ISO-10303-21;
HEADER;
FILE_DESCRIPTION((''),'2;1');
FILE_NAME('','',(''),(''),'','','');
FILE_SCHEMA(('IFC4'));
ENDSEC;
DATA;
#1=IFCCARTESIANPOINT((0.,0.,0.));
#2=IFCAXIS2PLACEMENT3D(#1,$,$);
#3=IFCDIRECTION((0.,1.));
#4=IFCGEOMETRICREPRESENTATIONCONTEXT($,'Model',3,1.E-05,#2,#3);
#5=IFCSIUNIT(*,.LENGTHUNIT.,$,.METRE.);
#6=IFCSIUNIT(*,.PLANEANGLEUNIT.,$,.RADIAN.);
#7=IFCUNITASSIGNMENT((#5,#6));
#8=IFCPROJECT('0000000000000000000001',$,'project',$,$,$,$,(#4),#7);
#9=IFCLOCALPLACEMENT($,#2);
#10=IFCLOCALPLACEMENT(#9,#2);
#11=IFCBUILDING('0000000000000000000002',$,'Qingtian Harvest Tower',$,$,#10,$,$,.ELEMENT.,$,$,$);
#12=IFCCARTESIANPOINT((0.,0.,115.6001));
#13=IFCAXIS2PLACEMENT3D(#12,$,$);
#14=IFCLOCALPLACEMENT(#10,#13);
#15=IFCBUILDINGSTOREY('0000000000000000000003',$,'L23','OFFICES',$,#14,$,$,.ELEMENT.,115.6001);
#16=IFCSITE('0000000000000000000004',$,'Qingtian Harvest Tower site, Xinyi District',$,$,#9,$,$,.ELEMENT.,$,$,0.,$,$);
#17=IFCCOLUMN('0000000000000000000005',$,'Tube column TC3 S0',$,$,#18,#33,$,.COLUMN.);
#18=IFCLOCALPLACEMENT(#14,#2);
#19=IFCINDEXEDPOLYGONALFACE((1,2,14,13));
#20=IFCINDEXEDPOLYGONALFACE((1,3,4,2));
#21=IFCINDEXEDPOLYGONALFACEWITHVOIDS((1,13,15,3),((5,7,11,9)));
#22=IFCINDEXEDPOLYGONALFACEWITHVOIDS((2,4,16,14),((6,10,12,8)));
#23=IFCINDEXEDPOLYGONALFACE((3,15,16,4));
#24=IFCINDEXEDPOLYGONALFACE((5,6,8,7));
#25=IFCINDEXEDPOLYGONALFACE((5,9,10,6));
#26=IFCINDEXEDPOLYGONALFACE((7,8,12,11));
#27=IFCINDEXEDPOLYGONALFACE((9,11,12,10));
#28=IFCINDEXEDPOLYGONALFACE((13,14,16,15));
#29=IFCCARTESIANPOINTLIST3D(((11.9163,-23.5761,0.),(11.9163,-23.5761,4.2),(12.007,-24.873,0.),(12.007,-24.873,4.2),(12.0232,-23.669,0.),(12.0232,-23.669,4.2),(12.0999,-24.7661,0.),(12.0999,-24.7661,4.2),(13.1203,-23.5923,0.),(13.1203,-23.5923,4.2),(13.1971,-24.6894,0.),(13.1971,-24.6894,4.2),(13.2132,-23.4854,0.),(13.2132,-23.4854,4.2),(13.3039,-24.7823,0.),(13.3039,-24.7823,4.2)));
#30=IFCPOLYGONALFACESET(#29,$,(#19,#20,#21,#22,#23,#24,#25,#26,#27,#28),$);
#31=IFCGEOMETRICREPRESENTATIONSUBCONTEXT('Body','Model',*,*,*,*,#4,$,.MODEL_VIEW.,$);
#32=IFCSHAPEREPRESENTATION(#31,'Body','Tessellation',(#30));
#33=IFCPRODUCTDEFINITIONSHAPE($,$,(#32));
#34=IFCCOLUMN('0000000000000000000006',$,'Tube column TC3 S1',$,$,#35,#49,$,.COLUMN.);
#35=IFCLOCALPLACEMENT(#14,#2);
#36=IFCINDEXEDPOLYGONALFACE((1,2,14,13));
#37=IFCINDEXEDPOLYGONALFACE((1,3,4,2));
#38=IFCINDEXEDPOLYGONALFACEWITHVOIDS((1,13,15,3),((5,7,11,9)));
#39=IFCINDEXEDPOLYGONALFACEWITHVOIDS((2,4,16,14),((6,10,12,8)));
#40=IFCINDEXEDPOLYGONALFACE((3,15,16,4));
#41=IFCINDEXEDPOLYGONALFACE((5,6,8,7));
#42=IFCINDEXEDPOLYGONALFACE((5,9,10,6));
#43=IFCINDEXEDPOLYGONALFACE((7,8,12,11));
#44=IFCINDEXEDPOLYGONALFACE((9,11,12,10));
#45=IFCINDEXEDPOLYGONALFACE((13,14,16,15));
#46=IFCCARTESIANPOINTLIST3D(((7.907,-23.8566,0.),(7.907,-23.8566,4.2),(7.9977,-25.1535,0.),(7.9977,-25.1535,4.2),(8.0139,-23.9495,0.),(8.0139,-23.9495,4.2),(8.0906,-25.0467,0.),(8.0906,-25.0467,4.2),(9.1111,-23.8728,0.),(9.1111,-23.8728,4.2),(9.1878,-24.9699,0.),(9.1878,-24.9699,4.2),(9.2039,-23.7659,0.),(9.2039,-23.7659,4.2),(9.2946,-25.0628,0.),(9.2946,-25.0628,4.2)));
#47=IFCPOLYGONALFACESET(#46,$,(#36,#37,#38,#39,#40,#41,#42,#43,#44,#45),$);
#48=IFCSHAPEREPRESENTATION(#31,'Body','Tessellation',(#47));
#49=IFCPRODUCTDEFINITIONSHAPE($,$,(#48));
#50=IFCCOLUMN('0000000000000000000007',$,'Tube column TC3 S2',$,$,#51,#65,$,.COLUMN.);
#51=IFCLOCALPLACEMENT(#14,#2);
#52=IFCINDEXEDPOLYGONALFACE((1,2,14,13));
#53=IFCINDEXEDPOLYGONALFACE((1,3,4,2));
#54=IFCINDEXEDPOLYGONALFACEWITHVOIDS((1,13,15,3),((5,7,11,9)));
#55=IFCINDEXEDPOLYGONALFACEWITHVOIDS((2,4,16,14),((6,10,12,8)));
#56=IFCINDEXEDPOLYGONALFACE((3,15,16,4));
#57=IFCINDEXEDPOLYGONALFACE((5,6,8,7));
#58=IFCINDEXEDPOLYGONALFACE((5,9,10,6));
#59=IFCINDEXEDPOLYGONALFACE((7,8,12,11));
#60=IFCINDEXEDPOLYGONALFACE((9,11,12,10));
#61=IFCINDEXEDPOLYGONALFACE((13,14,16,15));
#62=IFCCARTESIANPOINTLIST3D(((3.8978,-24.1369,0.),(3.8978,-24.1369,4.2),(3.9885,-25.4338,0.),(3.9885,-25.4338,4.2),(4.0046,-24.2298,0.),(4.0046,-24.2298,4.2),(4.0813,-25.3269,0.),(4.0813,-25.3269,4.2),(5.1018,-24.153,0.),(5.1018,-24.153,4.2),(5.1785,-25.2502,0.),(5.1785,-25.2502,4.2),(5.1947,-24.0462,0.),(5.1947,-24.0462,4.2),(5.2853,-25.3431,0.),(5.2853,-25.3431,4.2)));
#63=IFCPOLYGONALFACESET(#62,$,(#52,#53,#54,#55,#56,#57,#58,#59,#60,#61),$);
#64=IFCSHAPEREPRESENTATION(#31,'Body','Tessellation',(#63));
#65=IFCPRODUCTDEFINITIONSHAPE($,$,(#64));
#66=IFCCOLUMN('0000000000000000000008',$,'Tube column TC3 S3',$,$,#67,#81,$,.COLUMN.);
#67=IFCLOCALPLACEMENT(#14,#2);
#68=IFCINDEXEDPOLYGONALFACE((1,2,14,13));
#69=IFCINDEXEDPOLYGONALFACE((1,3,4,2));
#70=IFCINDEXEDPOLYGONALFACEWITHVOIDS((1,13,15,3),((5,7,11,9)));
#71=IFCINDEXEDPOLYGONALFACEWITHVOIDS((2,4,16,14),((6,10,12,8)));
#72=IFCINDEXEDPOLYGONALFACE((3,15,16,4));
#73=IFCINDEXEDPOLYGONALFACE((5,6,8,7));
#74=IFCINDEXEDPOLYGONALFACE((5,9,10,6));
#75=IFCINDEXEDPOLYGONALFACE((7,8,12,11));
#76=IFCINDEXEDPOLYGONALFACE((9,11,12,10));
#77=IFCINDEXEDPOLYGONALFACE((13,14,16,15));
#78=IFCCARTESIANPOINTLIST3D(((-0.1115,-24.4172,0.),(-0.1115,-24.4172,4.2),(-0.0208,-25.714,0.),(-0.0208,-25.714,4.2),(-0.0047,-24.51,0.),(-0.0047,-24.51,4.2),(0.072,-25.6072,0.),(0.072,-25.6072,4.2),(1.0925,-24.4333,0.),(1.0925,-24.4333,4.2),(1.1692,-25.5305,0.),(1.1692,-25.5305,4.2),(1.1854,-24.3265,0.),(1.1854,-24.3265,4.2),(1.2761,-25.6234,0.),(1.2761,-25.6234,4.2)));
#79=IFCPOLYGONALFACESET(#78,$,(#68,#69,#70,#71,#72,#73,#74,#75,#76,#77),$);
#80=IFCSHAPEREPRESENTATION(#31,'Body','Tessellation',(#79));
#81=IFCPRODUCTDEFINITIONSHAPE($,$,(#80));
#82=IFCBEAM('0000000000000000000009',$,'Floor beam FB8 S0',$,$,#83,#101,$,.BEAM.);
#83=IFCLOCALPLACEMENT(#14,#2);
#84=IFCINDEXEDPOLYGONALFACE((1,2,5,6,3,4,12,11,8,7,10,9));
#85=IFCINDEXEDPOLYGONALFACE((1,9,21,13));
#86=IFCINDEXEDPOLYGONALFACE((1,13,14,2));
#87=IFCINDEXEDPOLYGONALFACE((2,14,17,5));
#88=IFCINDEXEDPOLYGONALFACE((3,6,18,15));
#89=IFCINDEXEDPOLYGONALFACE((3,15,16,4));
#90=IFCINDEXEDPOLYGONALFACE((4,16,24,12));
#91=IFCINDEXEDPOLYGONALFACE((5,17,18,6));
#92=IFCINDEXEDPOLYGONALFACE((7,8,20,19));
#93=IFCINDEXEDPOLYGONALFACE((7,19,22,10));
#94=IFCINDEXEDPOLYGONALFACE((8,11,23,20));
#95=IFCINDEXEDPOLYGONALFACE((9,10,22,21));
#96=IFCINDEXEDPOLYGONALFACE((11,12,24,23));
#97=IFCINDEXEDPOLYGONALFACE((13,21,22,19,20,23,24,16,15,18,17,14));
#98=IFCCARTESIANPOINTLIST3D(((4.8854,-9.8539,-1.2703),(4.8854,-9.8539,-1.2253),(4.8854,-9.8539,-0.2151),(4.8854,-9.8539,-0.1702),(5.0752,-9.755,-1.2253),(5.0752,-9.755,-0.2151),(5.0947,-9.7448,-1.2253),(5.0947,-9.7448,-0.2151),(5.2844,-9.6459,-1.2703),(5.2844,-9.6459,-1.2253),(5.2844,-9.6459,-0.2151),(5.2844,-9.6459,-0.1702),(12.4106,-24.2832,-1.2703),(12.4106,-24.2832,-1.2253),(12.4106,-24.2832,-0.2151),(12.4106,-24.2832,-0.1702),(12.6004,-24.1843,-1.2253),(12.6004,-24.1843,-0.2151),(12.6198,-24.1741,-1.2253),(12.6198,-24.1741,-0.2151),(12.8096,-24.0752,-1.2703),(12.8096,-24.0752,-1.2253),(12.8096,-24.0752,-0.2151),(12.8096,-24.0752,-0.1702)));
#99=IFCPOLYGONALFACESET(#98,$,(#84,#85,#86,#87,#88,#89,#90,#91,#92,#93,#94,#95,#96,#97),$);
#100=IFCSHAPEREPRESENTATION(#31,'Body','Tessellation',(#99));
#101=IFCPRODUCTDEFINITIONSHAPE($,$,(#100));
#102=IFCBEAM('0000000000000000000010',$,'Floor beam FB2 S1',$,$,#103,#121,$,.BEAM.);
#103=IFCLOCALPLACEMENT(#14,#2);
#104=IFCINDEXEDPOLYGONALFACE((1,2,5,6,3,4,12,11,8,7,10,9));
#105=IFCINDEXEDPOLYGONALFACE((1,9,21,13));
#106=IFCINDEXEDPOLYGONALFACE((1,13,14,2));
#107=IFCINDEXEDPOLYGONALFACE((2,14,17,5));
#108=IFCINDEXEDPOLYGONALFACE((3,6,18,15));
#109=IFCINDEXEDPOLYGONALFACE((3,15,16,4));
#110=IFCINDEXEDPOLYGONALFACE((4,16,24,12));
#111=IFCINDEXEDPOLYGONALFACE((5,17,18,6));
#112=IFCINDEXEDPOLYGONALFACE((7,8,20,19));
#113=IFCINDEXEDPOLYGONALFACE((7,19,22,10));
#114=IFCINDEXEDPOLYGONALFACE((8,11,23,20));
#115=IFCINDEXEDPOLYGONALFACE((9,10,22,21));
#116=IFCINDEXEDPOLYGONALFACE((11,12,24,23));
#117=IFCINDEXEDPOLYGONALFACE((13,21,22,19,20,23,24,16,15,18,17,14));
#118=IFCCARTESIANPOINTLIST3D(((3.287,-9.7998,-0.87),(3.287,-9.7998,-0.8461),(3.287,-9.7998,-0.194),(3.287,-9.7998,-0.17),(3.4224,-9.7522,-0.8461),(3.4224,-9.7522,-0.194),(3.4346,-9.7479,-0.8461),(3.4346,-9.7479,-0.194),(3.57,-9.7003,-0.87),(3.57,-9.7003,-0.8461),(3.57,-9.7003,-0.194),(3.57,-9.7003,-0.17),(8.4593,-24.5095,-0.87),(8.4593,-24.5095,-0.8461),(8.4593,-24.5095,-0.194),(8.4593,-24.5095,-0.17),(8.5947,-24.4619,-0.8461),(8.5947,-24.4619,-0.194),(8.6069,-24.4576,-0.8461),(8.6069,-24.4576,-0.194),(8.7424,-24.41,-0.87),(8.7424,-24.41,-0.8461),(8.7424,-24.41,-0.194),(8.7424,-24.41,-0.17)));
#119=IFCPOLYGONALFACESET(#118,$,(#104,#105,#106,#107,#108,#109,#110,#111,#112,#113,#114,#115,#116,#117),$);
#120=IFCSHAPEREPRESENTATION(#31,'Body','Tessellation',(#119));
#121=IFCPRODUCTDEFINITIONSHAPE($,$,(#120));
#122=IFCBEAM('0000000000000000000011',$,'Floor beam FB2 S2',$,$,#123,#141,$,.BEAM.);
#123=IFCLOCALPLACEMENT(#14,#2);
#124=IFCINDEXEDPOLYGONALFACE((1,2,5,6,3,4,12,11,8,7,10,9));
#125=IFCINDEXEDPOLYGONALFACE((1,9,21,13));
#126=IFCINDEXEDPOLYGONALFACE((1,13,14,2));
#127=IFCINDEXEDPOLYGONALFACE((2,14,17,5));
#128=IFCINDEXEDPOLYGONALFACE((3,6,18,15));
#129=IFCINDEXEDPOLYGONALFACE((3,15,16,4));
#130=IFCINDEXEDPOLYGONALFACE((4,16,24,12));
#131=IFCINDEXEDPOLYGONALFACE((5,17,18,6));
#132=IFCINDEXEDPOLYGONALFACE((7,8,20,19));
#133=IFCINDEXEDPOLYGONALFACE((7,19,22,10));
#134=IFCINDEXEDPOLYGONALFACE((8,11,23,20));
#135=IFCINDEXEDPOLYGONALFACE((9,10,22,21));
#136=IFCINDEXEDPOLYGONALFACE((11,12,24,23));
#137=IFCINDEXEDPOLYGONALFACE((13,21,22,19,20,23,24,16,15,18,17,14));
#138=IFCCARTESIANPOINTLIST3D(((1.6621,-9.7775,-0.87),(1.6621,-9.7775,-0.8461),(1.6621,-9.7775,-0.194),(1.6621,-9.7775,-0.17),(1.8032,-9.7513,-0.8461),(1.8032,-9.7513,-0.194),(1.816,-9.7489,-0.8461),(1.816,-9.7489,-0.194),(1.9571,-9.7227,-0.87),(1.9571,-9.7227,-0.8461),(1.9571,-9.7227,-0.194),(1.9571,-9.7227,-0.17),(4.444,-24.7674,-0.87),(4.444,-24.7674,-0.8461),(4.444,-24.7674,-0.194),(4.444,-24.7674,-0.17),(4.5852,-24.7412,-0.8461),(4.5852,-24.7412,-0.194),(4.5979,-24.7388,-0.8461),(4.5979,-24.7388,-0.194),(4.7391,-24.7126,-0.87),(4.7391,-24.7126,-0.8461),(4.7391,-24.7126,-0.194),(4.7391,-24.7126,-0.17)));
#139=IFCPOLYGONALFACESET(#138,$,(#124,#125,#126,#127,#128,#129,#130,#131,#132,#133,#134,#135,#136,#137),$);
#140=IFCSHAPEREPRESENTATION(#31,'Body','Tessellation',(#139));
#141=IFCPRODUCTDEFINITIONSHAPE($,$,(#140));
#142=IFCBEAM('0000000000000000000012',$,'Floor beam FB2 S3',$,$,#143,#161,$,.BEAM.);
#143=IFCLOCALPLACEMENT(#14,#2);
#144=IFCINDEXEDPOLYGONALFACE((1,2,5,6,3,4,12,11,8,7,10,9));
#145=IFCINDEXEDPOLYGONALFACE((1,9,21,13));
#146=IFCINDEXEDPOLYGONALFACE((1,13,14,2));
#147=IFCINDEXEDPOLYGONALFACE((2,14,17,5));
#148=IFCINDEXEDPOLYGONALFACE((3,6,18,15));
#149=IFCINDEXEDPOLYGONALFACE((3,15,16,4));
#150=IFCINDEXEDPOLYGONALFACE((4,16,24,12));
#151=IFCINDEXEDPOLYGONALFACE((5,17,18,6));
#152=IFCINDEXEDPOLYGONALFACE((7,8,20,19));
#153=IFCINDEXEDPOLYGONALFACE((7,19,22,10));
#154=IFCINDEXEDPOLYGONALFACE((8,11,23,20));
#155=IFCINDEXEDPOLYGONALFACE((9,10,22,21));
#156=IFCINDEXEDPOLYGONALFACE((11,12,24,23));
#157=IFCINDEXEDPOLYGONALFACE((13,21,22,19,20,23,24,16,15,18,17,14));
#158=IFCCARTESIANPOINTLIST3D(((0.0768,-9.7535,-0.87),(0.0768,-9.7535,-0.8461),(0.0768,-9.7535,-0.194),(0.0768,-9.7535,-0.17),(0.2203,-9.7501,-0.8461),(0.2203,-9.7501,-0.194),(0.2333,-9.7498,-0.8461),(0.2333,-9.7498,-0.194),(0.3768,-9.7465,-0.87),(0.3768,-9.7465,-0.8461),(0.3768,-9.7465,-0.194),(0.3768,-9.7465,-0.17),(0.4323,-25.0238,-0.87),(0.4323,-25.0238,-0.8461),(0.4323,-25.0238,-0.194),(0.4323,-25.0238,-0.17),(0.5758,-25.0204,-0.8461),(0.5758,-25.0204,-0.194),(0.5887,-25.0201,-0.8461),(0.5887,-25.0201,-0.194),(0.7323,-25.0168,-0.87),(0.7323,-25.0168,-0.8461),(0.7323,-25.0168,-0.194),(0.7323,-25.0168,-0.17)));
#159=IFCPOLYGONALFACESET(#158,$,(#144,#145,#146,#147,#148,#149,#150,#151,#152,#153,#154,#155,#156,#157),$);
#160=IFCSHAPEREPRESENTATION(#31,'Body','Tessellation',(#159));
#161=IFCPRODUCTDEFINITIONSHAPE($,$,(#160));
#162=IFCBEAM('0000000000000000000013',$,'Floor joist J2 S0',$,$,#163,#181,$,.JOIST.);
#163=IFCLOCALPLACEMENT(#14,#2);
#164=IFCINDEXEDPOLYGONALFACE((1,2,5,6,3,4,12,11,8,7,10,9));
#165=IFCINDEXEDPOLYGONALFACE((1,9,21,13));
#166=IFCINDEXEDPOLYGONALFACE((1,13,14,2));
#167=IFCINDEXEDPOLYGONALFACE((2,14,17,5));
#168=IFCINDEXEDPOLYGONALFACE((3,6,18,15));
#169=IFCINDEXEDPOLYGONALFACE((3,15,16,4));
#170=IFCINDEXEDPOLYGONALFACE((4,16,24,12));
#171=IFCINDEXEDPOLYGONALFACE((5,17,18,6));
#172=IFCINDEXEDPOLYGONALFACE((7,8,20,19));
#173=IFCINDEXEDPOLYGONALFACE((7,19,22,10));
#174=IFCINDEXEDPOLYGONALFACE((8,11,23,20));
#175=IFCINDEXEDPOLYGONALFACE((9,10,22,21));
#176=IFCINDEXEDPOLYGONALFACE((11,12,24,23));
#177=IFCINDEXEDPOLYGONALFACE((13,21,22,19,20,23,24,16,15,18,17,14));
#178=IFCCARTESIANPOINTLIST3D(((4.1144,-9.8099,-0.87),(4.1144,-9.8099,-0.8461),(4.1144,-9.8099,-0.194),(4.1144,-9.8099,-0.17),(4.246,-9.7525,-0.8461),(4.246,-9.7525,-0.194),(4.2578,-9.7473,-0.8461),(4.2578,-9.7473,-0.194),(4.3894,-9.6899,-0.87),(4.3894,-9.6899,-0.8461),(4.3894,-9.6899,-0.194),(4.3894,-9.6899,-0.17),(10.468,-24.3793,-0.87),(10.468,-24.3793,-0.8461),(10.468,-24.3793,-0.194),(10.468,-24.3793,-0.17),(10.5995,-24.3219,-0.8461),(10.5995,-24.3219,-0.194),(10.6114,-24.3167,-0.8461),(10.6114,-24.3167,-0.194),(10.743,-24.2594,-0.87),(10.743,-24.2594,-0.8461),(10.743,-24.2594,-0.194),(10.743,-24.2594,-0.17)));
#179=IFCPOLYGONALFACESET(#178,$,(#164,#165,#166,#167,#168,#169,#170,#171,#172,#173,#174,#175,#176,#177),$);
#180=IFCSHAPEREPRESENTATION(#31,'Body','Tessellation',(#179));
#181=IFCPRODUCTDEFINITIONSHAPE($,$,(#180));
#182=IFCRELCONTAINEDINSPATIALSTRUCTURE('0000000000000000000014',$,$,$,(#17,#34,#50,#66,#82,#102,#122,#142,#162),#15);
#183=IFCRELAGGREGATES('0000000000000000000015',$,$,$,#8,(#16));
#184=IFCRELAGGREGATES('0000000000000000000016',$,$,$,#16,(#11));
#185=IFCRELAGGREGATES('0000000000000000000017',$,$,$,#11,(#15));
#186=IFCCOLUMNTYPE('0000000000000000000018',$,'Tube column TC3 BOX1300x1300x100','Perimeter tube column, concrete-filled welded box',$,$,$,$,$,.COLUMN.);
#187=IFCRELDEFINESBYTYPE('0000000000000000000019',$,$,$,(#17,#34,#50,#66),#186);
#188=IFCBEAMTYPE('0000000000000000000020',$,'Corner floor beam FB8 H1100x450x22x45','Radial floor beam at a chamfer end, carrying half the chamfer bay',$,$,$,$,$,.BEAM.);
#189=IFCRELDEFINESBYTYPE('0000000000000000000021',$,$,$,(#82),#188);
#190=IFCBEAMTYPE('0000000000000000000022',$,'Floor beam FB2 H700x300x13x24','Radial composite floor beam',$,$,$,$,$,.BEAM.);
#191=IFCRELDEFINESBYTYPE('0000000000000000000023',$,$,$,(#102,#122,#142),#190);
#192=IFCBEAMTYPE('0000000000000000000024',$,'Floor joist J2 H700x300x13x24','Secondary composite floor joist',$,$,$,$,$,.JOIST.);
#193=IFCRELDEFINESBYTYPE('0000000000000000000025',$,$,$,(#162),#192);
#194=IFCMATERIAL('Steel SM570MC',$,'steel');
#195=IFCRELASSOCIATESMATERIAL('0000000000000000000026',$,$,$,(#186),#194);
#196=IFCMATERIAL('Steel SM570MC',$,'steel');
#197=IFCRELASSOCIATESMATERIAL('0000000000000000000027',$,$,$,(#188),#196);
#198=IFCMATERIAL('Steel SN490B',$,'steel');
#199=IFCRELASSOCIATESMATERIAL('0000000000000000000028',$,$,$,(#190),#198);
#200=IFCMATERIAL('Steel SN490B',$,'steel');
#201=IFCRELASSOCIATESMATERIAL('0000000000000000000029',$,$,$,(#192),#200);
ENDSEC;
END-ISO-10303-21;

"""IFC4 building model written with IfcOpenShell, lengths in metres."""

from ifc_helpers import new_model, si_unit, direction, frame, origin, origin_2d, place, context, subcontext, project, spatial, hollow_rectangle, i_section, extrude, material, material_profile, profile_set, type_object, element, save


model = new_model("IFC4")

# Units and contexts
model_context = context("Model", 3, precision=1e-05, world=origin(), true_north=direction((0.0, 1.0)))
body_context = subcontext(model_context, "Body", "Model", "MODEL_VIEW")
ifc_project = project(units=[si_unit("LENGTHUNIT", "METRE"), si_unit("PLANEANGLEUNIT", "RADIAN")], contexts=[model_context])

# Site, building, storey
site_placement = place(None, origin())
site = spatial("IfcSite", under=ifc_project, at=site_placement, Name="Qingtian Harvest Tower site, Xinyi District", CompositionType="ELEMENT", RefElevation=0.0)
building_placement = place(site_placement, origin())
building = spatial("IfcBuilding", under=site, at=building_placement, Name="Qingtian Harvest Tower", CompositionType="ELEMENT")
storey_placement = place(building_placement, frame((0.0, 0.0, 115.6001)))
storey = spatial("IfcBuildingStorey", under=building, at=storey_placement, Name="L23", Description="OFFICES", CompositionType="ELEMENT", Elevation=115.6001)

# Columns
ifc_material_1 = material(Name="Steel SM570MC", Category="steel")
ifc_material_profile_1 = material_profile(ifc_material_1, hollow_rectangle(XDim=1.3, YDim=1.3, WallThickness=0.1001, at=origin_2d()), Name="BOX1300x1300x100")
ifc_profile_set_1 = profile_set([ifc_material_profile_1], Name="Steel SM570MC")
column_type = type_object("IfcColumnType", Name="Tube column TC3 BOX1300x1300x100", Description="Perimeter tube column, concrete-filled welded box", PredefinedType="COLUMN", material=ifc_profile_set_1)
for number, where, z_axis, x_axis, name in (
    (1, (12.6101, -24.1792, 0.0), (0.0, 0.0, 1.0), (0.997564, 0.069756, 0.0), "Tube column TC3 S0"),
    (2, (8.6008, -24.4597, 0.0), (0.0, 0.0, 1.0), (0.997564, 0.069756, 0.0), "Tube column TC3 S1"),
    (3, (4.5916, -24.74, 0.0), (0.0, 0.0, 1.0), (0.997564, 0.069756, 0.0), "Tube column TC3 S2"),
    (4, (0.5823, -25.0203, 0.0), (0.0, 0.0, 1.0), (0.997564, 0.069756, 0.0), "Tube column TC3 S3"),
):
    element("IfcColumn", number, at=place(storey_placement, frame(where, z_axis=z_axis, x_axis=x_axis)), inside=storey, type_object=column_type, Name=name, PredefinedType="COLUMN", context=body_context, shape_type="SweptSolid", body=[
        extrude(hollow_rectangle(XDim=1.3, YDim=1.3, WallThickness=0.1001, at=origin_2d()), origin(), (0.0, 0.0, 1.0), 4.2),
    ])

# Beams
ifc_material_2 = material(Name="Steel SM570MC", Category="steel")
ifc_material_profile_2 = material_profile(ifc_material_2, i_section(OverallWidth=0.45, OverallDepth=1.1001, WebThickness=0.022, FlangeThickness=0.0449, at=origin_2d()), Name="H1100x450x22x45")
ifc_profile_set_2 = profile_set([ifc_material_profile_2], Name="Steel SM570MC")
beam_type_1 = type_object("IfcBeamType", Name="Corner floor beam FB8 H1100x450x22x45", Description="Radial floor beam at a chamfer end, carrying half the chamfer bay", PredefinedType="BEAM", material=ifc_profile_set_2)
beam_1_placement = place(storey_placement, frame((12.6101, -24.1792, -0.7202), z_axis=(-0.462415, 0.886664, 0.0), x_axis=(-0.886664, -0.462415, 0.0)))
element("IfcBeam", 5, at=beam_1_placement, inside=storey, type_object=beam_type_1, Name="Floor beam FB8 S0", PredefinedType="BEAM", context=body_context, shape_type="SweptSolid", body=[
    extrude(i_section(OverallWidth=0.45, OverallDepth=1.1001, WebThickness=0.022, FlangeThickness=0.0449, at=origin_2d()), origin(), (0.0, 0.0, 1.0), 16.2737),
])
ifc_material_3 = material(Name="Steel SN490B", Category="steel")
ifc_material_profile_3 = material_profile(ifc_material_3, i_section(OverallWidth=0.3, OverallDepth=0.7, WebThickness=0.0129, FlangeThickness=0.0239, at=origin_2d()), Name="H700x300x13x24")
ifc_profile_set_3 = profile_set([ifc_material_profile_3], Name="Steel SN490B")
beam_type_2 = type_object("IfcBeamType", Name="Floor beam FB2 H700x300x13x24", Description="Radial composite floor beam", PredefinedType="BEAM", material=ifc_profile_set_3)
beam_2_placement = place(storey_placement, frame((8.6008, -24.4597, -0.52), z_axis=(-0.331719, 0.943378, 0.0), x_axis=(-0.943378, -0.331719, 0.0)))
element("IfcBeam", 6, at=beam_2_placement, inside=storey, type_object=beam_type_2, Name="Floor beam FB2 S1", PredefinedType="BEAM", context=body_context, shape_type="SweptSolid", body=[
    extrude(i_section(OverallWidth=0.3, OverallDepth=0.7, WebThickness=0.0129, FlangeThickness=0.0239, at=origin_2d()), origin(), (0.0, 0.0, 1.0), 15.5925),
])
beam_3_placement = place(storey_placement, frame((4.5916, -24.74, -0.52), z_axis=(-0.182473, 0.983211, 0.0), x_axis=(-0.983211, -0.182473, 0.0)))
element("IfcBeam", 7, at=beam_3_placement, inside=storey, type_object=beam_type_2, Name="Floor beam FB2 S2", PredefinedType="BEAM", context=body_context, shape_type="SweptSolid", body=[
    extrude(i_section(OverallWidth=0.3, OverallDepth=0.7, WebThickness=0.0129, FlangeThickness=0.0239, at=origin_2d()), origin(), (0.0, 0.0, 1.0), 15.2458),
])
beam_4_placement = place(storey_placement, frame((0.5823, -25.0203, -0.52), z_axis=(-0.023272, 0.999729, 0.0), x_axis=(-0.999729, -0.023272, 0.0)))
element("IfcBeam", 8, at=beam_4_placement, inside=storey, type_object=beam_type_2, Name="Floor beam FB2 S3", PredefinedType="BEAM", context=body_context, shape_type="SweptSolid", body=[
    extrude(i_section(OverallWidth=0.3, OverallDepth=0.7, WebThickness=0.0129, FlangeThickness=0.0239, at=origin_2d()), origin(), (0.0, 0.0, 1.0), 15.2744),
])
ifc_material_4 = material(Name="Steel SN490B", Category="steel")
ifc_material_profile_4 = material_profile(ifc_material_4, i_section(OverallWidth=0.3, OverallDepth=0.7, WebThickness=0.0129, FlangeThickness=0.0239, at=origin_2d()), Name="H700x300x13x24")
ifc_profile_set_4 = profile_set([ifc_material_profile_4], Name="Steel SN490B")
beam_type_3 = type_object("IfcBeamType", Name="Floor joist J2 H700x300x13x24", Description="Secondary composite floor joist", PredefinedType="JOIST", material=ifc_profile_set_4)
beam_5_placement = place(storey_placement, frame((10.6055, -24.3193, -0.52), z_axis=(-0.399732, 0.916632, 0.0), x_axis=(-0.916632, -0.399732, 0.0)))
element("IfcBeam", 9, at=beam_5_placement, inside=storey, type_object=beam_type_3, Name="Floor joist J2 S0", PredefinedType="JOIST", context=body_context, shape_type="SweptSolid", body=[
    extrude(i_section(OverallWidth=0.3, OverallDepth=0.7, WebThickness=0.0129, FlangeThickness=0.0239, at=origin_2d()), origin(), (0.0, 0.0, 1.0), 15.8945),
])

save(model, "model.ifc")
